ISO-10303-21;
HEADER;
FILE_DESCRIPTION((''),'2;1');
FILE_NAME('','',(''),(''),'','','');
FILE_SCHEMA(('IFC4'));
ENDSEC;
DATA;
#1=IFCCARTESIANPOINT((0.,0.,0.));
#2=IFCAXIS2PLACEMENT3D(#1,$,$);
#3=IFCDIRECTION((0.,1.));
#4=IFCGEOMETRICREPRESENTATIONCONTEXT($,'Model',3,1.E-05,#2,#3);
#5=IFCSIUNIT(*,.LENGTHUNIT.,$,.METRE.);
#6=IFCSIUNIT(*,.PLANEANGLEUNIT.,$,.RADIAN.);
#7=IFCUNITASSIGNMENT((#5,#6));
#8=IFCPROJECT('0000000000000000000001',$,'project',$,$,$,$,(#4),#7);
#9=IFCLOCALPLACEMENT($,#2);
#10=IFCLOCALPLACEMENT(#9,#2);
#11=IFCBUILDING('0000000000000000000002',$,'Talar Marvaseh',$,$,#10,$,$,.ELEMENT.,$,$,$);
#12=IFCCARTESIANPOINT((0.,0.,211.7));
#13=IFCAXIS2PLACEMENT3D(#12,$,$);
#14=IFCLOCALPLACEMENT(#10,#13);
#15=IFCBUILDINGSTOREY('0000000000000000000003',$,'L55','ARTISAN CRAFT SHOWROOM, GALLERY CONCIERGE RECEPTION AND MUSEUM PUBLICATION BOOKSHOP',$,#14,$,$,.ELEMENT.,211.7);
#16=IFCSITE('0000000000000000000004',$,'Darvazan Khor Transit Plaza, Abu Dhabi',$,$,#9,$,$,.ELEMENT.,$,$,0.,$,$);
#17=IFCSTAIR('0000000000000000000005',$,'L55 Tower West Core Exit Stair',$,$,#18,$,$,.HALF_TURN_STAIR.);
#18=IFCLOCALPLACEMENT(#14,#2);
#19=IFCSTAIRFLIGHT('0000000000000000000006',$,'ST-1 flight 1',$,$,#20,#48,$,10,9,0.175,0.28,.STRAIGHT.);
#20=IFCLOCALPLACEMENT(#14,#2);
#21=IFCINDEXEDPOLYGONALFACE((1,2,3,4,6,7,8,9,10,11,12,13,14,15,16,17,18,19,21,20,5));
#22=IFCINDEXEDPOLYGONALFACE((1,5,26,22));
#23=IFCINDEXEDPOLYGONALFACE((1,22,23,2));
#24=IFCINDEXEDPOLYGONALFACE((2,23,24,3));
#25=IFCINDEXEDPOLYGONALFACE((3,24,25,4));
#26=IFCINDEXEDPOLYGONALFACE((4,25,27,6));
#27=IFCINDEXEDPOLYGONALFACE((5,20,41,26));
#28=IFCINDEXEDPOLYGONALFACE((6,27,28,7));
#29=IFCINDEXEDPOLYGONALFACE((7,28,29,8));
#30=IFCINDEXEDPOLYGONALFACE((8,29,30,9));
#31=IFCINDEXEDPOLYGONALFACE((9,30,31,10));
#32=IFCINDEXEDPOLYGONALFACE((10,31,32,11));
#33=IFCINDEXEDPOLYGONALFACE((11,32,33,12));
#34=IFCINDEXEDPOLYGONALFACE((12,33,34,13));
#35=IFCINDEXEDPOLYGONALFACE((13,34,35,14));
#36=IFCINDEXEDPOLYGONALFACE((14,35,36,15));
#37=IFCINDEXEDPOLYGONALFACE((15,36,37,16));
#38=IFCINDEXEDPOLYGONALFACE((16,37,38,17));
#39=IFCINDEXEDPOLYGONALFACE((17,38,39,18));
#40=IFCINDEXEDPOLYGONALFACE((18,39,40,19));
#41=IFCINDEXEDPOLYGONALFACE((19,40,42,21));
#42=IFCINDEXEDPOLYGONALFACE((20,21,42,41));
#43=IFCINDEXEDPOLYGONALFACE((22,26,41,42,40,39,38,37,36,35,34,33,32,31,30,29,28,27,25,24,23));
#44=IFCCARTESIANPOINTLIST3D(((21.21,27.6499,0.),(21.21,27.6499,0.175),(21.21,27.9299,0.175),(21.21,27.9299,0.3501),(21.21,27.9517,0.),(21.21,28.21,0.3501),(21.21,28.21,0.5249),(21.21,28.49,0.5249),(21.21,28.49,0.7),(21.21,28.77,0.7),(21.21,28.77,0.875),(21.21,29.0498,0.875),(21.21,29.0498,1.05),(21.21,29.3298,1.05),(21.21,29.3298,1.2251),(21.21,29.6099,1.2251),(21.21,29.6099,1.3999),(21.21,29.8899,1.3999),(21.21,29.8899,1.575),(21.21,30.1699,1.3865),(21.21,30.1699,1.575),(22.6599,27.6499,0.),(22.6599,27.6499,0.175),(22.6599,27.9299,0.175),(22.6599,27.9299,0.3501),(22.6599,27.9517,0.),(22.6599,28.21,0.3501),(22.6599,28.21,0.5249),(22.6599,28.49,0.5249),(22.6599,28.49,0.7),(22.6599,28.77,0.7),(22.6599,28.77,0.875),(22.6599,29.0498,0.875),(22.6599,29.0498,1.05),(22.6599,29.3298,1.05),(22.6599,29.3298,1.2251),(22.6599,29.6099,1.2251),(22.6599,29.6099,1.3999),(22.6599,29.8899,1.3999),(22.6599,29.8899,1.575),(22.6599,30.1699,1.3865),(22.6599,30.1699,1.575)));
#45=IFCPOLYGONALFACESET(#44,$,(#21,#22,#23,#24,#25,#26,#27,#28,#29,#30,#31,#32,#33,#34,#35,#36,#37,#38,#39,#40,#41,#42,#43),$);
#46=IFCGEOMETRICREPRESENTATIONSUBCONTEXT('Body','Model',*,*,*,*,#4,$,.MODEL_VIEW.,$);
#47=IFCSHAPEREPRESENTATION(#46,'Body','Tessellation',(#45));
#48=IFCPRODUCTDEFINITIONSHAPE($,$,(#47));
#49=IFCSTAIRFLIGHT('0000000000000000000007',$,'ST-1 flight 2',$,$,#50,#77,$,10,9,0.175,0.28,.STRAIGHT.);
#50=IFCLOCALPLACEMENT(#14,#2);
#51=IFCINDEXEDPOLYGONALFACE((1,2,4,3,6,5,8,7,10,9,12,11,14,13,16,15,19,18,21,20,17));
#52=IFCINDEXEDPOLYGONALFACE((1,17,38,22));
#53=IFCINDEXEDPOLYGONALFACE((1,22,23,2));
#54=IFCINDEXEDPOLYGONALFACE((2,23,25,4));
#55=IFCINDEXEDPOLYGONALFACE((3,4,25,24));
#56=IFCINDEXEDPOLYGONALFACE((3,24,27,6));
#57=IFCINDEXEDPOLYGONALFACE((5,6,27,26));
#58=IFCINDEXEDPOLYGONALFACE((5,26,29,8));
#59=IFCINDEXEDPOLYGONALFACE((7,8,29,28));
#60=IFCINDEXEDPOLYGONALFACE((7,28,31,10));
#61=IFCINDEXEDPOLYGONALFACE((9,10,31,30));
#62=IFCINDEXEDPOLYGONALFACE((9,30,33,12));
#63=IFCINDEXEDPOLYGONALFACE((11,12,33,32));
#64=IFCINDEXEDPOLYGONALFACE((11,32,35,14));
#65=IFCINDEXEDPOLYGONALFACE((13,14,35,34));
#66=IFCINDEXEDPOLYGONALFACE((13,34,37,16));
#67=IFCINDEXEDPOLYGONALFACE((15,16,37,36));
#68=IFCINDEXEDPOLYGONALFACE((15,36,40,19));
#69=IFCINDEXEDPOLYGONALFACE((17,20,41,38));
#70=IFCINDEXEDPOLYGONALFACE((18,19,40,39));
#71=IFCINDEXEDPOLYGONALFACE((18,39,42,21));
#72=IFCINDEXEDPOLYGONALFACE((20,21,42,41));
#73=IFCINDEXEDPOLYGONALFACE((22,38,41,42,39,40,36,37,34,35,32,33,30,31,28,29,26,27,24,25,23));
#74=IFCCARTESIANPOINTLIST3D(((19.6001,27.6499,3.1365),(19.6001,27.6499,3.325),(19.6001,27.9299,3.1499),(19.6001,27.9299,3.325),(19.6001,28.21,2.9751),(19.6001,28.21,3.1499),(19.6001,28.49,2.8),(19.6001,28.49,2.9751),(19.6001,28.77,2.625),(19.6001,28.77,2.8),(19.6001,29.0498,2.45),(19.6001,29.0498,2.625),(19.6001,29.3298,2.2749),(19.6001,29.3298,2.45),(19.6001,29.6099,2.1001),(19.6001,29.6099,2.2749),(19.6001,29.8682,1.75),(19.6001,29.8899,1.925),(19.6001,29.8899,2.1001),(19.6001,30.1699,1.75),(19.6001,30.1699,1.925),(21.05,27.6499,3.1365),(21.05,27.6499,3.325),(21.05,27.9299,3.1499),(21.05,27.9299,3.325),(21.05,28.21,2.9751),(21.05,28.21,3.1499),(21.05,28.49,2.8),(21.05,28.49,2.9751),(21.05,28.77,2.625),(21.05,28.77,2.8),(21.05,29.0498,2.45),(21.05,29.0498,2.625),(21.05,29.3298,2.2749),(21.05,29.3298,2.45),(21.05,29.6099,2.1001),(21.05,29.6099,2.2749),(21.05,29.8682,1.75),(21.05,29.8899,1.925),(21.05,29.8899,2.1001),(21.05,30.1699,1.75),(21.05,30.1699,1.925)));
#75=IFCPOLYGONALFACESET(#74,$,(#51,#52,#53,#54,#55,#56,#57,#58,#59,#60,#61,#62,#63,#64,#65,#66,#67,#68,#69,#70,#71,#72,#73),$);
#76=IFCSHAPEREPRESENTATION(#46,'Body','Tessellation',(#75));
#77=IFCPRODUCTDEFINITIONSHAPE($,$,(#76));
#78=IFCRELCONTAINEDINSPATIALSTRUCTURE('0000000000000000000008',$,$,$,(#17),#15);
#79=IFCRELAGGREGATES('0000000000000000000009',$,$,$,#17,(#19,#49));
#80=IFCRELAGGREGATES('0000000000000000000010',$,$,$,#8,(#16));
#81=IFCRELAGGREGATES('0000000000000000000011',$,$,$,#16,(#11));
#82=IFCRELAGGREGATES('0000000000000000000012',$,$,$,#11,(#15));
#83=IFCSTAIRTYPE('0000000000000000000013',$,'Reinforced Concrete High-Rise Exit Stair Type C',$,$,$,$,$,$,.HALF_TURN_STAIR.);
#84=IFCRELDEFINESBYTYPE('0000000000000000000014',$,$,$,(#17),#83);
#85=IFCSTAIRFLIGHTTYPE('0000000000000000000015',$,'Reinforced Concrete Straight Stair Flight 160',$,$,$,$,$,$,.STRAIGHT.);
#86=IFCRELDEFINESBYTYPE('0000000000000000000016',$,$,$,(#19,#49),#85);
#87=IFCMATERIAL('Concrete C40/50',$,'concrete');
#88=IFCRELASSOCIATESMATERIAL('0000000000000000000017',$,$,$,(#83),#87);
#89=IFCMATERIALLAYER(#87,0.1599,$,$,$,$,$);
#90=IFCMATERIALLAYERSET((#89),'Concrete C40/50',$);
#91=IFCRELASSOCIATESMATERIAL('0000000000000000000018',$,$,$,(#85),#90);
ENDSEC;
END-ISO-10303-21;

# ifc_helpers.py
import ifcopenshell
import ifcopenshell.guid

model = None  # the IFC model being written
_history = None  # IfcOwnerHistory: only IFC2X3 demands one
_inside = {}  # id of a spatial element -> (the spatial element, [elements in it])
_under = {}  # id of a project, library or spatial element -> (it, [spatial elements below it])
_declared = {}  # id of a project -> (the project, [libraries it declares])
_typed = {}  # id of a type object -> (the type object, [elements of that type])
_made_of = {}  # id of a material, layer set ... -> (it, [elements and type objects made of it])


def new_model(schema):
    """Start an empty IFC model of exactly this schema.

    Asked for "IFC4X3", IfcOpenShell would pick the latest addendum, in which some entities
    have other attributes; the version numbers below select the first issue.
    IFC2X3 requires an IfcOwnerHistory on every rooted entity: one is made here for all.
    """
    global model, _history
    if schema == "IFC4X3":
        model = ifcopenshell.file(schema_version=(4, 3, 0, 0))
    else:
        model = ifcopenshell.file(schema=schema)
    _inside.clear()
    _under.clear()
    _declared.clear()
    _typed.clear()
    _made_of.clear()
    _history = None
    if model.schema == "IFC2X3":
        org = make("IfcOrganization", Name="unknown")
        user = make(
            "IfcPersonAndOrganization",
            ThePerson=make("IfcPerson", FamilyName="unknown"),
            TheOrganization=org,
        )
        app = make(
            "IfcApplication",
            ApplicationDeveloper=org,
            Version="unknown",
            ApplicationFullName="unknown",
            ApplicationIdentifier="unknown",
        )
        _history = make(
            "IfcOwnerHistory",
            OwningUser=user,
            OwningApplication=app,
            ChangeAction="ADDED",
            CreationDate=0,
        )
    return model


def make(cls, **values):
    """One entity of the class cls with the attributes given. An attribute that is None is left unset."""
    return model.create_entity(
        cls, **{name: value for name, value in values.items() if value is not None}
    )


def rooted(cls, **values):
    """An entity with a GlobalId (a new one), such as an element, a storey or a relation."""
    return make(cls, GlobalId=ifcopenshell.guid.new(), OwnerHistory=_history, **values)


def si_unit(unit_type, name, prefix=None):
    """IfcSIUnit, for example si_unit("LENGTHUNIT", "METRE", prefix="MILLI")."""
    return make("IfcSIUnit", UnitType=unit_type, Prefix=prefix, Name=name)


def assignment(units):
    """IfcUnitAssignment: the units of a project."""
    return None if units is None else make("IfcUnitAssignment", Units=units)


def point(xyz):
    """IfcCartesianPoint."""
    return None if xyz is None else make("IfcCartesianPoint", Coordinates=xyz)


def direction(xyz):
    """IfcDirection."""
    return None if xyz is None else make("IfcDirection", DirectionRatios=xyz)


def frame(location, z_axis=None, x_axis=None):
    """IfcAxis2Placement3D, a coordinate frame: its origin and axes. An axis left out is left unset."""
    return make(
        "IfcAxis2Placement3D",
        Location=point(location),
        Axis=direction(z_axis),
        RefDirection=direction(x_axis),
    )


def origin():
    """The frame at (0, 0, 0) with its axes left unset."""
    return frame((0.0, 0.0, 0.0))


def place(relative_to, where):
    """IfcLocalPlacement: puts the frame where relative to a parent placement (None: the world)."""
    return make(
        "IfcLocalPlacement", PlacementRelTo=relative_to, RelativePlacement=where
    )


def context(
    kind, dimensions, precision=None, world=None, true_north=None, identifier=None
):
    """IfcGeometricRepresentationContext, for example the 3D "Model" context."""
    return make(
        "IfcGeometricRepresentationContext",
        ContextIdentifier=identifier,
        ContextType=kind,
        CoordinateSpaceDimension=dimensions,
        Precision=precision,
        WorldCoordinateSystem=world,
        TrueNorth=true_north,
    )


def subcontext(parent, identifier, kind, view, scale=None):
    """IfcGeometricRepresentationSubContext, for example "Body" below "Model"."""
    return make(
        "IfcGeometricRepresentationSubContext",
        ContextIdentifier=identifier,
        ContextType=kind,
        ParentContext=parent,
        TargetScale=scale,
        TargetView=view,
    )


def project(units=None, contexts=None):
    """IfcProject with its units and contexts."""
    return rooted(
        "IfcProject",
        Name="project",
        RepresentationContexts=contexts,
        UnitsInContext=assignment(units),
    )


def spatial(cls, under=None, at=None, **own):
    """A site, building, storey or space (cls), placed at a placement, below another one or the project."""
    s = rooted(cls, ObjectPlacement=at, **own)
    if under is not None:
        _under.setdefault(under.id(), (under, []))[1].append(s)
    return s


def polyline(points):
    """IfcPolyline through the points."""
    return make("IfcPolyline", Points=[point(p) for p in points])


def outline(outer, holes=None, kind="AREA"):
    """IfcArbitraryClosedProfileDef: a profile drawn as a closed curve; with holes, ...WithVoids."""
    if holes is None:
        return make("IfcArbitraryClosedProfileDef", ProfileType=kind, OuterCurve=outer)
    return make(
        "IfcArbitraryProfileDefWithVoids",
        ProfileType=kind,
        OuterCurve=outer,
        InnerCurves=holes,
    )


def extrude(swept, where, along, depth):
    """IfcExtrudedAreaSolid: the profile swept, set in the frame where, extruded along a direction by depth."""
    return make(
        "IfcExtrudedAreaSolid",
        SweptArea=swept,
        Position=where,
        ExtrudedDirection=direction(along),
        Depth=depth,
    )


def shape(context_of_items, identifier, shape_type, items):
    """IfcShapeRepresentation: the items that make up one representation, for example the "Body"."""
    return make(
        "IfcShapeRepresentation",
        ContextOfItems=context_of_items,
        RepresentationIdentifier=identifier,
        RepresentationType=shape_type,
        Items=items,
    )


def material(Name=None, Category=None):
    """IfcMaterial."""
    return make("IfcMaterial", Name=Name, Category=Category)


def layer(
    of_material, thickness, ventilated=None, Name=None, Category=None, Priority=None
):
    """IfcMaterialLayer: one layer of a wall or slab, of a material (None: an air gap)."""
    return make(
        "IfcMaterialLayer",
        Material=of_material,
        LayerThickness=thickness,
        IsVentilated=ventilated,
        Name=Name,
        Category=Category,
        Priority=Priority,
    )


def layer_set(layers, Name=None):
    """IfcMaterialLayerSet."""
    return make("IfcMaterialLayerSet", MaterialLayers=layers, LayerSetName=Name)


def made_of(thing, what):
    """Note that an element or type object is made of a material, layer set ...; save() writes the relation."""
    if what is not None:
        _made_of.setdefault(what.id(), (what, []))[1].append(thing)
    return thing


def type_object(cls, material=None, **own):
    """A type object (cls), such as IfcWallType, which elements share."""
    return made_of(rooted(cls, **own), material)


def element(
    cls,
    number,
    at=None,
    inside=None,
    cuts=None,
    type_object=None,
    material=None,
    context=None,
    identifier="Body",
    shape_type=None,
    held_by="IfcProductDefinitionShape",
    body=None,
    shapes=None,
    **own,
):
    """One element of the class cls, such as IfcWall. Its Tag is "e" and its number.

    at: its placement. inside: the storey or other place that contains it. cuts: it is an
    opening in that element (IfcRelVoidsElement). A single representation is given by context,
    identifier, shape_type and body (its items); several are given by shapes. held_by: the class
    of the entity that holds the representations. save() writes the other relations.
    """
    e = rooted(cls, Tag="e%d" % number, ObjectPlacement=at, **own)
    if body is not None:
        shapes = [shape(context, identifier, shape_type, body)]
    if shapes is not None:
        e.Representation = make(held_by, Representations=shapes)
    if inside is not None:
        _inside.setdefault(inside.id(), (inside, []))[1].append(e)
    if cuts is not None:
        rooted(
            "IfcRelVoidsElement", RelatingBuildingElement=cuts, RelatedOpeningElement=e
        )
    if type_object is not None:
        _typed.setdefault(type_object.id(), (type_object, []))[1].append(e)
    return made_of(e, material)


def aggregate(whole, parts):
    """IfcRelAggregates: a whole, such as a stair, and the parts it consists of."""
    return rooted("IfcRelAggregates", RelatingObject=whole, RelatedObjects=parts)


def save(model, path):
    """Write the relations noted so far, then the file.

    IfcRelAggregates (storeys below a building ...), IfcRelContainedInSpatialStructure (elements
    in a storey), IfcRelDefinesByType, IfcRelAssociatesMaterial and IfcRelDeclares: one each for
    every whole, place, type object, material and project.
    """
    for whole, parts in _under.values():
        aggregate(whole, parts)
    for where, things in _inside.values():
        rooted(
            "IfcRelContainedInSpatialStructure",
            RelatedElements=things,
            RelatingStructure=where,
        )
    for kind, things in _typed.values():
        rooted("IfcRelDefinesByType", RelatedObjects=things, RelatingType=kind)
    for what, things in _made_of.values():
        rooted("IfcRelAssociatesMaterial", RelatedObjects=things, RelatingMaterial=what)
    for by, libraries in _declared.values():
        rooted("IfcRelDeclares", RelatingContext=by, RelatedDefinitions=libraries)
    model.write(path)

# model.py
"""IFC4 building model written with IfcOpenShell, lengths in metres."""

from ifc_helpers import new_model, si_unit, direction, frame, origin, place, context, subcontext, project, spatial, polyline, outline, extrude, material, layer, layer_set, type_object, element, aggregate, save


model = new_model("IFC4")

# Units and contexts
model_context = context("Model", 3, precision=1e-05, world=origin(), true_north=direction((0.0, 1.0)))
body_context = subcontext(model_context, "Body", "Model", "MODEL_VIEW")
ifc_project = project(units=[si_unit("LENGTHUNIT", "METRE"), si_unit("PLANEANGLEUNIT", "RADIAN")], contexts=[model_context])

# Site, building, storey
site_placement = place(None, origin())
site = spatial("IfcSite", under=ifc_project, at=site_placement, Name="Darvazan Khor Transit Plaza, Abu Dhabi", CompositionType="ELEMENT", RefElevation=0.0)
building_placement = place(site_placement, origin())
building = spatial("IfcBuilding", under=site, at=building_placement, Name="Talar Marvaseh", CompositionType="ELEMENT")
storey_placement = place(building_placement, frame((0.0, 0.0, 211.7)))
storey = spatial("IfcBuildingStorey", under=building, at=storey_placement, Name="L55", Description="ARTISAN CRAFT SHOWROOM, GALLERY CONCIERGE RECEPTION AND MUSEUM PUBLICATION BOOKSHOP", CompositionType="ELEMENT", Elevation=211.7)

# Stair, stair flights
ifc_material_1 = material(Name="Concrete C40/50", Category="concrete")
stair_type = type_object("IfcStairType", Name="Reinforced Concrete High-Rise Exit Stair Type C", PredefinedType="HALF_TURN_STAIR", material=ifc_material_1)
stair_placement = place(storey_placement, origin())
stair = element("IfcStair", 1, at=stair_placement, inside=storey, type_object=stair_type, Name="L55 Tower West Core Exit Stair", PredefinedType="HALF_TURN_STAIR")
ifc_layer_1 = layer(ifc_material_1, 0.1599)
ifc_layer_set_1 = layer_set([ifc_layer_1], Name="Concrete C40/50")
stair_flight_type = type_object("IfcStairFlightType", Name="Reinforced Concrete Straight Stair Flight 160", PredefinedType="STRAIGHT", material=ifc_layer_set_1)
stair_flight_1_placement = place(storey_placement, frame((21.9351, 27.6499, 0.0), z_axis=(0.0, 0.0, 1.0), x_axis=(0.0, 1.0, 0.0)))
stair_flight_1 = element("IfcStairFlight", 2, at=stair_flight_1_placement, type_object=stair_flight_type, Name="ST-1 flight 1", NumberOfRisers=10, NumberOfTreads=9, PredefinedType="STRAIGHT", RiserHeight=0.175, TreadLength=0.28, context=body_context, shape_type="SweptSolid", body=[
    extrude(outline(polyline([(0.0, 0.0), (0.0, 0.175), (0.28, 0.175), (0.28, 0.3501), (0.5601, 0.3501), (0.5601, 0.5249), (0.8401, 0.5249), (0.8401, 0.7), (1.1201, 0.7), (1.1201, 0.875), (1.3999, 0.875), (1.3999, 1.05), (1.6799, 1.05), (1.6799, 1.2251), (1.96, 1.2251), (1.96, 1.3999), (2.24, 1.3999), (2.24, 1.575), (2.52, 1.575), (2.52, 1.75), (2.52, 1.3865), (0.3018, 0.0), (0.0, 0.0)])), frame((0.0, 0.7251, 0.0), z_axis=(0.0, -1.0, 0.0), x_axis=(1.0, 0.0, 0.0)), (0.0, 0.0, 1.0), 1.45),
])
stair_flight_2_placement = place(storey_placement, frame((20.325, 30.1699, 1.75), z_axis=(0.0, 0.0, 1.0), x_axis=(0.0, -1.0, 0.0)))
stair_flight_2 = element("IfcStairFlight", 3, at=stair_flight_2_placement, type_object=stair_flight_type, Name="ST-1 flight 2", NumberOfRisers=10, NumberOfTreads=9, PredefinedType="STRAIGHT", RiserHeight=0.175, TreadLength=0.28, context=body_context, shape_type="SweptSolid", body=[
    extrude(outline(polyline([(0.0, 0.0), (0.0, 0.175), (0.28, 0.175), (0.28, 0.3501), (0.5601, 0.3501), (0.5601, 0.5249), (0.8401, 0.5249), (0.8401, 0.7), (1.1201, 0.7), (1.1201, 0.875), (1.3999, 0.875), (1.3999, 1.05), (1.6799, 1.05), (1.6799, 1.2251), (1.96, 1.2251), (1.96, 1.3999), (2.24, 1.3999), (2.24, 1.575), (2.52, 1.575), (2.52, 1.75), (2.52, 1.3865), (0.3018, 0.0), (0.0, 0.0)])), frame((0.0, 0.7251, 0.0), z_axis=(0.0, -1.0, 0.0), x_axis=(1.0, 0.0, 0.0)), (0.0, 0.0, 1.0), 1.45),
])
aggregate(stair, [stair_flight_1, stair_flight_2])

save(model, "model.ifc")
